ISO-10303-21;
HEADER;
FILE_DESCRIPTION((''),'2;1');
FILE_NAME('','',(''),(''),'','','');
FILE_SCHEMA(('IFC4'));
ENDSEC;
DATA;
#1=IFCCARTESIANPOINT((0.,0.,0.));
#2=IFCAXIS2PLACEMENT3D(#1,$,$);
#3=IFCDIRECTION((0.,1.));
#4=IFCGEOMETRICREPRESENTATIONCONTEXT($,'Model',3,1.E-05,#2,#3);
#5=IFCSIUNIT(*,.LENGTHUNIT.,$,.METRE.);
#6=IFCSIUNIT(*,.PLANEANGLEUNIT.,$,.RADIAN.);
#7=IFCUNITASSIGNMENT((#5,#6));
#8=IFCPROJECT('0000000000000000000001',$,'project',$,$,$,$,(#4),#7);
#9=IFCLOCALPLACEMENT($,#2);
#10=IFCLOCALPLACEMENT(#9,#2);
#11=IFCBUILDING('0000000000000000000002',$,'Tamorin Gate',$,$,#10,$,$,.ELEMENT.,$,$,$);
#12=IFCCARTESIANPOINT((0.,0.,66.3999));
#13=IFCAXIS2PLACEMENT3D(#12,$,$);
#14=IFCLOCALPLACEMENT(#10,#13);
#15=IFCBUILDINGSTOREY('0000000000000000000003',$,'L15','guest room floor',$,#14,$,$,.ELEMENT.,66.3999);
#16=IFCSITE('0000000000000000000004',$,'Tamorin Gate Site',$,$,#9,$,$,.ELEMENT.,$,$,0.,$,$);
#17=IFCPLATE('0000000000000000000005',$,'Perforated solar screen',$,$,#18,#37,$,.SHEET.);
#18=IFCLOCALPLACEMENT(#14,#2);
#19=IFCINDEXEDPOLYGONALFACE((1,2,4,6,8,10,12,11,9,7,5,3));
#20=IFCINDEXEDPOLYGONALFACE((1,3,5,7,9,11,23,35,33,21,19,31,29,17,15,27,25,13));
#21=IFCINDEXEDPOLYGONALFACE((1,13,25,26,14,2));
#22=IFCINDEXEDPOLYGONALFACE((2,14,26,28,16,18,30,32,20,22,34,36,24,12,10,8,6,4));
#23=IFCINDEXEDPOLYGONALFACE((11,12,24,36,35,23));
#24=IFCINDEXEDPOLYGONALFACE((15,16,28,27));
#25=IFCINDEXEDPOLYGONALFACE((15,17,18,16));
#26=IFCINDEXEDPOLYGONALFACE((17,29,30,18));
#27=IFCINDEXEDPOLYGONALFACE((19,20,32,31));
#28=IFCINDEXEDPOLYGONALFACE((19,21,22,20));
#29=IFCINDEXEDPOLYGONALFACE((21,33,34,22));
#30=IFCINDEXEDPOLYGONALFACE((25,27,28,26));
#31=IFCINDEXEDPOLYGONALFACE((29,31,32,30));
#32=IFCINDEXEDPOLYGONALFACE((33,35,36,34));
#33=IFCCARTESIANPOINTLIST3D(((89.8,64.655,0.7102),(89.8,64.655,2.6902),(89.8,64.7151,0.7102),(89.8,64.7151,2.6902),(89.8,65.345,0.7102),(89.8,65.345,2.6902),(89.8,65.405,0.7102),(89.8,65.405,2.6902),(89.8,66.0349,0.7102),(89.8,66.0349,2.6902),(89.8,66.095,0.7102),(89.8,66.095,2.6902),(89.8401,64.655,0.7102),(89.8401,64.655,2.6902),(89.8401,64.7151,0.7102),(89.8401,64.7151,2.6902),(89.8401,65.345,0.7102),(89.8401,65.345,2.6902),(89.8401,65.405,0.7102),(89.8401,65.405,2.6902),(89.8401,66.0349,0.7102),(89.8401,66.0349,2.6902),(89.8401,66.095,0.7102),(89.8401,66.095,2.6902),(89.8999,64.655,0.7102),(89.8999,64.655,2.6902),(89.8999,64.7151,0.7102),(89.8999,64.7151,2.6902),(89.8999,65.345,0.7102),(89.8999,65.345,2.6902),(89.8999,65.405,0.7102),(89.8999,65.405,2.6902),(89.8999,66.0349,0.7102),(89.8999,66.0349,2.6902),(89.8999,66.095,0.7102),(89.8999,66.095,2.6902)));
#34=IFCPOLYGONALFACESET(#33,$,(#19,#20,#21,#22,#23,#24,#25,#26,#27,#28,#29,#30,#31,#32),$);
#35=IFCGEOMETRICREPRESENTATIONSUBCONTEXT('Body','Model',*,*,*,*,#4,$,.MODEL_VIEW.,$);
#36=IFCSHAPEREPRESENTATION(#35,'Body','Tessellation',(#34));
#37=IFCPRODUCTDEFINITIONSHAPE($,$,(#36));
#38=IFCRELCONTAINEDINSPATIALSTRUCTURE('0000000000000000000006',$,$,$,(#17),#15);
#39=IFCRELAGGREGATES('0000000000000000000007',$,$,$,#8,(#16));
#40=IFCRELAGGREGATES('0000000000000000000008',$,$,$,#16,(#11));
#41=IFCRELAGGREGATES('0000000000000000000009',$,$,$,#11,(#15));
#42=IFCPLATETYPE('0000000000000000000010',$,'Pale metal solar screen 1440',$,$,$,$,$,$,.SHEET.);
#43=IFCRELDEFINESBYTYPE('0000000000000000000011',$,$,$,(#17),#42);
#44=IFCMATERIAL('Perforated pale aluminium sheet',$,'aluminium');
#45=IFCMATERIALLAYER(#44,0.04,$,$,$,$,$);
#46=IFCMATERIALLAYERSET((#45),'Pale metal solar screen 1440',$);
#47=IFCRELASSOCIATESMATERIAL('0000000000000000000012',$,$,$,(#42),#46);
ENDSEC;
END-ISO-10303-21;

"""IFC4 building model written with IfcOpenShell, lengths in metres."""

from ifc_helpers import new_model, si_unit, direction, frame, origin, place, context, subcontext, project, spatial, polyline, outline, extrude, material, layer, layer_set, type_object, element, save


model = new_model("IFC4")

# Units and contexts
model_context = context("Model", 3, precision=1e-05, world=origin(), true_north=direction((0.0, 1.0)))
body_context = subcontext(model_context, "Body", "Model", "MODEL_VIEW")
ifc_project = project(units=[si_unit("LENGTHUNIT", "METRE"), si_unit("PLANEANGLEUNIT", "RADIAN")], contexts=[model_context])

# Site, building, storey
site_placement = place(None, origin())
site = spatial("IfcSite", under=ifc_project, at=site_placement, Name="Tamorin Gate Site", CompositionType="ELEMENT", RefElevation=0.0)
building_placement = place(site_placement, origin())
building = spatial("IfcBuilding", under=site, at=building_placement, Name="Tamorin Gate", CompositionType="ELEMENT")
storey_placement = place(building_placement, frame((0.0, 0.0, 66.3999)))
storey = spatial("IfcBuildingStorey", under=building, at=storey_placement, Name="L15", Description="guest room floor", CompositionType="ELEMENT", Elevation=66.3999)

# Plate
ifc_material_1 = material(Name="Perforated pale aluminium sheet", Category="aluminium")
ifc_layer_1 = layer(ifc_material_1, 0.04)
ifc_layer_set_1 = layer_set([ifc_layer_1], Name="Pale metal solar screen 1440")
plate_type = type_object("IfcPlateType", Name="Pale metal solar screen 1440", PredefinedType="SHEET", material=ifc_layer_set_1)
plate_1_placement = place(storey_placement, frame((0.0, 0.0, 0.7102)))
element("IfcPlate", 1, at=plate_1_placement, inside=storey, type_object=plate_type, Name="Perforated solar screen", PredefinedType="SHEET", context=body_context, shape_type="SweptSolid", body=[
    extrude(outline(polyline([(89.8401, 64.655), (89.8, 64.655), (89.8, 64.7151), (89.8, 65.345), (89.8, 65.405), (89.8, 66.0349), (89.8, 66.095), (89.8401, 66.095), (89.8999, 66.095), (89.8999, 66.0349), (89.8401, 66.0349), (89.8401, 65.405), (89.8999, 65.405), (89.8999, 65.345), (89.8401, 65.345), (89.8401, 64.7151), (89.8999, 64.7151), (89.8999, 64.655), (89.8401, 64.655)])), origin(), (0.0, 0.0, 1.0), 1.98),
])

save(model, "model.ifc")
